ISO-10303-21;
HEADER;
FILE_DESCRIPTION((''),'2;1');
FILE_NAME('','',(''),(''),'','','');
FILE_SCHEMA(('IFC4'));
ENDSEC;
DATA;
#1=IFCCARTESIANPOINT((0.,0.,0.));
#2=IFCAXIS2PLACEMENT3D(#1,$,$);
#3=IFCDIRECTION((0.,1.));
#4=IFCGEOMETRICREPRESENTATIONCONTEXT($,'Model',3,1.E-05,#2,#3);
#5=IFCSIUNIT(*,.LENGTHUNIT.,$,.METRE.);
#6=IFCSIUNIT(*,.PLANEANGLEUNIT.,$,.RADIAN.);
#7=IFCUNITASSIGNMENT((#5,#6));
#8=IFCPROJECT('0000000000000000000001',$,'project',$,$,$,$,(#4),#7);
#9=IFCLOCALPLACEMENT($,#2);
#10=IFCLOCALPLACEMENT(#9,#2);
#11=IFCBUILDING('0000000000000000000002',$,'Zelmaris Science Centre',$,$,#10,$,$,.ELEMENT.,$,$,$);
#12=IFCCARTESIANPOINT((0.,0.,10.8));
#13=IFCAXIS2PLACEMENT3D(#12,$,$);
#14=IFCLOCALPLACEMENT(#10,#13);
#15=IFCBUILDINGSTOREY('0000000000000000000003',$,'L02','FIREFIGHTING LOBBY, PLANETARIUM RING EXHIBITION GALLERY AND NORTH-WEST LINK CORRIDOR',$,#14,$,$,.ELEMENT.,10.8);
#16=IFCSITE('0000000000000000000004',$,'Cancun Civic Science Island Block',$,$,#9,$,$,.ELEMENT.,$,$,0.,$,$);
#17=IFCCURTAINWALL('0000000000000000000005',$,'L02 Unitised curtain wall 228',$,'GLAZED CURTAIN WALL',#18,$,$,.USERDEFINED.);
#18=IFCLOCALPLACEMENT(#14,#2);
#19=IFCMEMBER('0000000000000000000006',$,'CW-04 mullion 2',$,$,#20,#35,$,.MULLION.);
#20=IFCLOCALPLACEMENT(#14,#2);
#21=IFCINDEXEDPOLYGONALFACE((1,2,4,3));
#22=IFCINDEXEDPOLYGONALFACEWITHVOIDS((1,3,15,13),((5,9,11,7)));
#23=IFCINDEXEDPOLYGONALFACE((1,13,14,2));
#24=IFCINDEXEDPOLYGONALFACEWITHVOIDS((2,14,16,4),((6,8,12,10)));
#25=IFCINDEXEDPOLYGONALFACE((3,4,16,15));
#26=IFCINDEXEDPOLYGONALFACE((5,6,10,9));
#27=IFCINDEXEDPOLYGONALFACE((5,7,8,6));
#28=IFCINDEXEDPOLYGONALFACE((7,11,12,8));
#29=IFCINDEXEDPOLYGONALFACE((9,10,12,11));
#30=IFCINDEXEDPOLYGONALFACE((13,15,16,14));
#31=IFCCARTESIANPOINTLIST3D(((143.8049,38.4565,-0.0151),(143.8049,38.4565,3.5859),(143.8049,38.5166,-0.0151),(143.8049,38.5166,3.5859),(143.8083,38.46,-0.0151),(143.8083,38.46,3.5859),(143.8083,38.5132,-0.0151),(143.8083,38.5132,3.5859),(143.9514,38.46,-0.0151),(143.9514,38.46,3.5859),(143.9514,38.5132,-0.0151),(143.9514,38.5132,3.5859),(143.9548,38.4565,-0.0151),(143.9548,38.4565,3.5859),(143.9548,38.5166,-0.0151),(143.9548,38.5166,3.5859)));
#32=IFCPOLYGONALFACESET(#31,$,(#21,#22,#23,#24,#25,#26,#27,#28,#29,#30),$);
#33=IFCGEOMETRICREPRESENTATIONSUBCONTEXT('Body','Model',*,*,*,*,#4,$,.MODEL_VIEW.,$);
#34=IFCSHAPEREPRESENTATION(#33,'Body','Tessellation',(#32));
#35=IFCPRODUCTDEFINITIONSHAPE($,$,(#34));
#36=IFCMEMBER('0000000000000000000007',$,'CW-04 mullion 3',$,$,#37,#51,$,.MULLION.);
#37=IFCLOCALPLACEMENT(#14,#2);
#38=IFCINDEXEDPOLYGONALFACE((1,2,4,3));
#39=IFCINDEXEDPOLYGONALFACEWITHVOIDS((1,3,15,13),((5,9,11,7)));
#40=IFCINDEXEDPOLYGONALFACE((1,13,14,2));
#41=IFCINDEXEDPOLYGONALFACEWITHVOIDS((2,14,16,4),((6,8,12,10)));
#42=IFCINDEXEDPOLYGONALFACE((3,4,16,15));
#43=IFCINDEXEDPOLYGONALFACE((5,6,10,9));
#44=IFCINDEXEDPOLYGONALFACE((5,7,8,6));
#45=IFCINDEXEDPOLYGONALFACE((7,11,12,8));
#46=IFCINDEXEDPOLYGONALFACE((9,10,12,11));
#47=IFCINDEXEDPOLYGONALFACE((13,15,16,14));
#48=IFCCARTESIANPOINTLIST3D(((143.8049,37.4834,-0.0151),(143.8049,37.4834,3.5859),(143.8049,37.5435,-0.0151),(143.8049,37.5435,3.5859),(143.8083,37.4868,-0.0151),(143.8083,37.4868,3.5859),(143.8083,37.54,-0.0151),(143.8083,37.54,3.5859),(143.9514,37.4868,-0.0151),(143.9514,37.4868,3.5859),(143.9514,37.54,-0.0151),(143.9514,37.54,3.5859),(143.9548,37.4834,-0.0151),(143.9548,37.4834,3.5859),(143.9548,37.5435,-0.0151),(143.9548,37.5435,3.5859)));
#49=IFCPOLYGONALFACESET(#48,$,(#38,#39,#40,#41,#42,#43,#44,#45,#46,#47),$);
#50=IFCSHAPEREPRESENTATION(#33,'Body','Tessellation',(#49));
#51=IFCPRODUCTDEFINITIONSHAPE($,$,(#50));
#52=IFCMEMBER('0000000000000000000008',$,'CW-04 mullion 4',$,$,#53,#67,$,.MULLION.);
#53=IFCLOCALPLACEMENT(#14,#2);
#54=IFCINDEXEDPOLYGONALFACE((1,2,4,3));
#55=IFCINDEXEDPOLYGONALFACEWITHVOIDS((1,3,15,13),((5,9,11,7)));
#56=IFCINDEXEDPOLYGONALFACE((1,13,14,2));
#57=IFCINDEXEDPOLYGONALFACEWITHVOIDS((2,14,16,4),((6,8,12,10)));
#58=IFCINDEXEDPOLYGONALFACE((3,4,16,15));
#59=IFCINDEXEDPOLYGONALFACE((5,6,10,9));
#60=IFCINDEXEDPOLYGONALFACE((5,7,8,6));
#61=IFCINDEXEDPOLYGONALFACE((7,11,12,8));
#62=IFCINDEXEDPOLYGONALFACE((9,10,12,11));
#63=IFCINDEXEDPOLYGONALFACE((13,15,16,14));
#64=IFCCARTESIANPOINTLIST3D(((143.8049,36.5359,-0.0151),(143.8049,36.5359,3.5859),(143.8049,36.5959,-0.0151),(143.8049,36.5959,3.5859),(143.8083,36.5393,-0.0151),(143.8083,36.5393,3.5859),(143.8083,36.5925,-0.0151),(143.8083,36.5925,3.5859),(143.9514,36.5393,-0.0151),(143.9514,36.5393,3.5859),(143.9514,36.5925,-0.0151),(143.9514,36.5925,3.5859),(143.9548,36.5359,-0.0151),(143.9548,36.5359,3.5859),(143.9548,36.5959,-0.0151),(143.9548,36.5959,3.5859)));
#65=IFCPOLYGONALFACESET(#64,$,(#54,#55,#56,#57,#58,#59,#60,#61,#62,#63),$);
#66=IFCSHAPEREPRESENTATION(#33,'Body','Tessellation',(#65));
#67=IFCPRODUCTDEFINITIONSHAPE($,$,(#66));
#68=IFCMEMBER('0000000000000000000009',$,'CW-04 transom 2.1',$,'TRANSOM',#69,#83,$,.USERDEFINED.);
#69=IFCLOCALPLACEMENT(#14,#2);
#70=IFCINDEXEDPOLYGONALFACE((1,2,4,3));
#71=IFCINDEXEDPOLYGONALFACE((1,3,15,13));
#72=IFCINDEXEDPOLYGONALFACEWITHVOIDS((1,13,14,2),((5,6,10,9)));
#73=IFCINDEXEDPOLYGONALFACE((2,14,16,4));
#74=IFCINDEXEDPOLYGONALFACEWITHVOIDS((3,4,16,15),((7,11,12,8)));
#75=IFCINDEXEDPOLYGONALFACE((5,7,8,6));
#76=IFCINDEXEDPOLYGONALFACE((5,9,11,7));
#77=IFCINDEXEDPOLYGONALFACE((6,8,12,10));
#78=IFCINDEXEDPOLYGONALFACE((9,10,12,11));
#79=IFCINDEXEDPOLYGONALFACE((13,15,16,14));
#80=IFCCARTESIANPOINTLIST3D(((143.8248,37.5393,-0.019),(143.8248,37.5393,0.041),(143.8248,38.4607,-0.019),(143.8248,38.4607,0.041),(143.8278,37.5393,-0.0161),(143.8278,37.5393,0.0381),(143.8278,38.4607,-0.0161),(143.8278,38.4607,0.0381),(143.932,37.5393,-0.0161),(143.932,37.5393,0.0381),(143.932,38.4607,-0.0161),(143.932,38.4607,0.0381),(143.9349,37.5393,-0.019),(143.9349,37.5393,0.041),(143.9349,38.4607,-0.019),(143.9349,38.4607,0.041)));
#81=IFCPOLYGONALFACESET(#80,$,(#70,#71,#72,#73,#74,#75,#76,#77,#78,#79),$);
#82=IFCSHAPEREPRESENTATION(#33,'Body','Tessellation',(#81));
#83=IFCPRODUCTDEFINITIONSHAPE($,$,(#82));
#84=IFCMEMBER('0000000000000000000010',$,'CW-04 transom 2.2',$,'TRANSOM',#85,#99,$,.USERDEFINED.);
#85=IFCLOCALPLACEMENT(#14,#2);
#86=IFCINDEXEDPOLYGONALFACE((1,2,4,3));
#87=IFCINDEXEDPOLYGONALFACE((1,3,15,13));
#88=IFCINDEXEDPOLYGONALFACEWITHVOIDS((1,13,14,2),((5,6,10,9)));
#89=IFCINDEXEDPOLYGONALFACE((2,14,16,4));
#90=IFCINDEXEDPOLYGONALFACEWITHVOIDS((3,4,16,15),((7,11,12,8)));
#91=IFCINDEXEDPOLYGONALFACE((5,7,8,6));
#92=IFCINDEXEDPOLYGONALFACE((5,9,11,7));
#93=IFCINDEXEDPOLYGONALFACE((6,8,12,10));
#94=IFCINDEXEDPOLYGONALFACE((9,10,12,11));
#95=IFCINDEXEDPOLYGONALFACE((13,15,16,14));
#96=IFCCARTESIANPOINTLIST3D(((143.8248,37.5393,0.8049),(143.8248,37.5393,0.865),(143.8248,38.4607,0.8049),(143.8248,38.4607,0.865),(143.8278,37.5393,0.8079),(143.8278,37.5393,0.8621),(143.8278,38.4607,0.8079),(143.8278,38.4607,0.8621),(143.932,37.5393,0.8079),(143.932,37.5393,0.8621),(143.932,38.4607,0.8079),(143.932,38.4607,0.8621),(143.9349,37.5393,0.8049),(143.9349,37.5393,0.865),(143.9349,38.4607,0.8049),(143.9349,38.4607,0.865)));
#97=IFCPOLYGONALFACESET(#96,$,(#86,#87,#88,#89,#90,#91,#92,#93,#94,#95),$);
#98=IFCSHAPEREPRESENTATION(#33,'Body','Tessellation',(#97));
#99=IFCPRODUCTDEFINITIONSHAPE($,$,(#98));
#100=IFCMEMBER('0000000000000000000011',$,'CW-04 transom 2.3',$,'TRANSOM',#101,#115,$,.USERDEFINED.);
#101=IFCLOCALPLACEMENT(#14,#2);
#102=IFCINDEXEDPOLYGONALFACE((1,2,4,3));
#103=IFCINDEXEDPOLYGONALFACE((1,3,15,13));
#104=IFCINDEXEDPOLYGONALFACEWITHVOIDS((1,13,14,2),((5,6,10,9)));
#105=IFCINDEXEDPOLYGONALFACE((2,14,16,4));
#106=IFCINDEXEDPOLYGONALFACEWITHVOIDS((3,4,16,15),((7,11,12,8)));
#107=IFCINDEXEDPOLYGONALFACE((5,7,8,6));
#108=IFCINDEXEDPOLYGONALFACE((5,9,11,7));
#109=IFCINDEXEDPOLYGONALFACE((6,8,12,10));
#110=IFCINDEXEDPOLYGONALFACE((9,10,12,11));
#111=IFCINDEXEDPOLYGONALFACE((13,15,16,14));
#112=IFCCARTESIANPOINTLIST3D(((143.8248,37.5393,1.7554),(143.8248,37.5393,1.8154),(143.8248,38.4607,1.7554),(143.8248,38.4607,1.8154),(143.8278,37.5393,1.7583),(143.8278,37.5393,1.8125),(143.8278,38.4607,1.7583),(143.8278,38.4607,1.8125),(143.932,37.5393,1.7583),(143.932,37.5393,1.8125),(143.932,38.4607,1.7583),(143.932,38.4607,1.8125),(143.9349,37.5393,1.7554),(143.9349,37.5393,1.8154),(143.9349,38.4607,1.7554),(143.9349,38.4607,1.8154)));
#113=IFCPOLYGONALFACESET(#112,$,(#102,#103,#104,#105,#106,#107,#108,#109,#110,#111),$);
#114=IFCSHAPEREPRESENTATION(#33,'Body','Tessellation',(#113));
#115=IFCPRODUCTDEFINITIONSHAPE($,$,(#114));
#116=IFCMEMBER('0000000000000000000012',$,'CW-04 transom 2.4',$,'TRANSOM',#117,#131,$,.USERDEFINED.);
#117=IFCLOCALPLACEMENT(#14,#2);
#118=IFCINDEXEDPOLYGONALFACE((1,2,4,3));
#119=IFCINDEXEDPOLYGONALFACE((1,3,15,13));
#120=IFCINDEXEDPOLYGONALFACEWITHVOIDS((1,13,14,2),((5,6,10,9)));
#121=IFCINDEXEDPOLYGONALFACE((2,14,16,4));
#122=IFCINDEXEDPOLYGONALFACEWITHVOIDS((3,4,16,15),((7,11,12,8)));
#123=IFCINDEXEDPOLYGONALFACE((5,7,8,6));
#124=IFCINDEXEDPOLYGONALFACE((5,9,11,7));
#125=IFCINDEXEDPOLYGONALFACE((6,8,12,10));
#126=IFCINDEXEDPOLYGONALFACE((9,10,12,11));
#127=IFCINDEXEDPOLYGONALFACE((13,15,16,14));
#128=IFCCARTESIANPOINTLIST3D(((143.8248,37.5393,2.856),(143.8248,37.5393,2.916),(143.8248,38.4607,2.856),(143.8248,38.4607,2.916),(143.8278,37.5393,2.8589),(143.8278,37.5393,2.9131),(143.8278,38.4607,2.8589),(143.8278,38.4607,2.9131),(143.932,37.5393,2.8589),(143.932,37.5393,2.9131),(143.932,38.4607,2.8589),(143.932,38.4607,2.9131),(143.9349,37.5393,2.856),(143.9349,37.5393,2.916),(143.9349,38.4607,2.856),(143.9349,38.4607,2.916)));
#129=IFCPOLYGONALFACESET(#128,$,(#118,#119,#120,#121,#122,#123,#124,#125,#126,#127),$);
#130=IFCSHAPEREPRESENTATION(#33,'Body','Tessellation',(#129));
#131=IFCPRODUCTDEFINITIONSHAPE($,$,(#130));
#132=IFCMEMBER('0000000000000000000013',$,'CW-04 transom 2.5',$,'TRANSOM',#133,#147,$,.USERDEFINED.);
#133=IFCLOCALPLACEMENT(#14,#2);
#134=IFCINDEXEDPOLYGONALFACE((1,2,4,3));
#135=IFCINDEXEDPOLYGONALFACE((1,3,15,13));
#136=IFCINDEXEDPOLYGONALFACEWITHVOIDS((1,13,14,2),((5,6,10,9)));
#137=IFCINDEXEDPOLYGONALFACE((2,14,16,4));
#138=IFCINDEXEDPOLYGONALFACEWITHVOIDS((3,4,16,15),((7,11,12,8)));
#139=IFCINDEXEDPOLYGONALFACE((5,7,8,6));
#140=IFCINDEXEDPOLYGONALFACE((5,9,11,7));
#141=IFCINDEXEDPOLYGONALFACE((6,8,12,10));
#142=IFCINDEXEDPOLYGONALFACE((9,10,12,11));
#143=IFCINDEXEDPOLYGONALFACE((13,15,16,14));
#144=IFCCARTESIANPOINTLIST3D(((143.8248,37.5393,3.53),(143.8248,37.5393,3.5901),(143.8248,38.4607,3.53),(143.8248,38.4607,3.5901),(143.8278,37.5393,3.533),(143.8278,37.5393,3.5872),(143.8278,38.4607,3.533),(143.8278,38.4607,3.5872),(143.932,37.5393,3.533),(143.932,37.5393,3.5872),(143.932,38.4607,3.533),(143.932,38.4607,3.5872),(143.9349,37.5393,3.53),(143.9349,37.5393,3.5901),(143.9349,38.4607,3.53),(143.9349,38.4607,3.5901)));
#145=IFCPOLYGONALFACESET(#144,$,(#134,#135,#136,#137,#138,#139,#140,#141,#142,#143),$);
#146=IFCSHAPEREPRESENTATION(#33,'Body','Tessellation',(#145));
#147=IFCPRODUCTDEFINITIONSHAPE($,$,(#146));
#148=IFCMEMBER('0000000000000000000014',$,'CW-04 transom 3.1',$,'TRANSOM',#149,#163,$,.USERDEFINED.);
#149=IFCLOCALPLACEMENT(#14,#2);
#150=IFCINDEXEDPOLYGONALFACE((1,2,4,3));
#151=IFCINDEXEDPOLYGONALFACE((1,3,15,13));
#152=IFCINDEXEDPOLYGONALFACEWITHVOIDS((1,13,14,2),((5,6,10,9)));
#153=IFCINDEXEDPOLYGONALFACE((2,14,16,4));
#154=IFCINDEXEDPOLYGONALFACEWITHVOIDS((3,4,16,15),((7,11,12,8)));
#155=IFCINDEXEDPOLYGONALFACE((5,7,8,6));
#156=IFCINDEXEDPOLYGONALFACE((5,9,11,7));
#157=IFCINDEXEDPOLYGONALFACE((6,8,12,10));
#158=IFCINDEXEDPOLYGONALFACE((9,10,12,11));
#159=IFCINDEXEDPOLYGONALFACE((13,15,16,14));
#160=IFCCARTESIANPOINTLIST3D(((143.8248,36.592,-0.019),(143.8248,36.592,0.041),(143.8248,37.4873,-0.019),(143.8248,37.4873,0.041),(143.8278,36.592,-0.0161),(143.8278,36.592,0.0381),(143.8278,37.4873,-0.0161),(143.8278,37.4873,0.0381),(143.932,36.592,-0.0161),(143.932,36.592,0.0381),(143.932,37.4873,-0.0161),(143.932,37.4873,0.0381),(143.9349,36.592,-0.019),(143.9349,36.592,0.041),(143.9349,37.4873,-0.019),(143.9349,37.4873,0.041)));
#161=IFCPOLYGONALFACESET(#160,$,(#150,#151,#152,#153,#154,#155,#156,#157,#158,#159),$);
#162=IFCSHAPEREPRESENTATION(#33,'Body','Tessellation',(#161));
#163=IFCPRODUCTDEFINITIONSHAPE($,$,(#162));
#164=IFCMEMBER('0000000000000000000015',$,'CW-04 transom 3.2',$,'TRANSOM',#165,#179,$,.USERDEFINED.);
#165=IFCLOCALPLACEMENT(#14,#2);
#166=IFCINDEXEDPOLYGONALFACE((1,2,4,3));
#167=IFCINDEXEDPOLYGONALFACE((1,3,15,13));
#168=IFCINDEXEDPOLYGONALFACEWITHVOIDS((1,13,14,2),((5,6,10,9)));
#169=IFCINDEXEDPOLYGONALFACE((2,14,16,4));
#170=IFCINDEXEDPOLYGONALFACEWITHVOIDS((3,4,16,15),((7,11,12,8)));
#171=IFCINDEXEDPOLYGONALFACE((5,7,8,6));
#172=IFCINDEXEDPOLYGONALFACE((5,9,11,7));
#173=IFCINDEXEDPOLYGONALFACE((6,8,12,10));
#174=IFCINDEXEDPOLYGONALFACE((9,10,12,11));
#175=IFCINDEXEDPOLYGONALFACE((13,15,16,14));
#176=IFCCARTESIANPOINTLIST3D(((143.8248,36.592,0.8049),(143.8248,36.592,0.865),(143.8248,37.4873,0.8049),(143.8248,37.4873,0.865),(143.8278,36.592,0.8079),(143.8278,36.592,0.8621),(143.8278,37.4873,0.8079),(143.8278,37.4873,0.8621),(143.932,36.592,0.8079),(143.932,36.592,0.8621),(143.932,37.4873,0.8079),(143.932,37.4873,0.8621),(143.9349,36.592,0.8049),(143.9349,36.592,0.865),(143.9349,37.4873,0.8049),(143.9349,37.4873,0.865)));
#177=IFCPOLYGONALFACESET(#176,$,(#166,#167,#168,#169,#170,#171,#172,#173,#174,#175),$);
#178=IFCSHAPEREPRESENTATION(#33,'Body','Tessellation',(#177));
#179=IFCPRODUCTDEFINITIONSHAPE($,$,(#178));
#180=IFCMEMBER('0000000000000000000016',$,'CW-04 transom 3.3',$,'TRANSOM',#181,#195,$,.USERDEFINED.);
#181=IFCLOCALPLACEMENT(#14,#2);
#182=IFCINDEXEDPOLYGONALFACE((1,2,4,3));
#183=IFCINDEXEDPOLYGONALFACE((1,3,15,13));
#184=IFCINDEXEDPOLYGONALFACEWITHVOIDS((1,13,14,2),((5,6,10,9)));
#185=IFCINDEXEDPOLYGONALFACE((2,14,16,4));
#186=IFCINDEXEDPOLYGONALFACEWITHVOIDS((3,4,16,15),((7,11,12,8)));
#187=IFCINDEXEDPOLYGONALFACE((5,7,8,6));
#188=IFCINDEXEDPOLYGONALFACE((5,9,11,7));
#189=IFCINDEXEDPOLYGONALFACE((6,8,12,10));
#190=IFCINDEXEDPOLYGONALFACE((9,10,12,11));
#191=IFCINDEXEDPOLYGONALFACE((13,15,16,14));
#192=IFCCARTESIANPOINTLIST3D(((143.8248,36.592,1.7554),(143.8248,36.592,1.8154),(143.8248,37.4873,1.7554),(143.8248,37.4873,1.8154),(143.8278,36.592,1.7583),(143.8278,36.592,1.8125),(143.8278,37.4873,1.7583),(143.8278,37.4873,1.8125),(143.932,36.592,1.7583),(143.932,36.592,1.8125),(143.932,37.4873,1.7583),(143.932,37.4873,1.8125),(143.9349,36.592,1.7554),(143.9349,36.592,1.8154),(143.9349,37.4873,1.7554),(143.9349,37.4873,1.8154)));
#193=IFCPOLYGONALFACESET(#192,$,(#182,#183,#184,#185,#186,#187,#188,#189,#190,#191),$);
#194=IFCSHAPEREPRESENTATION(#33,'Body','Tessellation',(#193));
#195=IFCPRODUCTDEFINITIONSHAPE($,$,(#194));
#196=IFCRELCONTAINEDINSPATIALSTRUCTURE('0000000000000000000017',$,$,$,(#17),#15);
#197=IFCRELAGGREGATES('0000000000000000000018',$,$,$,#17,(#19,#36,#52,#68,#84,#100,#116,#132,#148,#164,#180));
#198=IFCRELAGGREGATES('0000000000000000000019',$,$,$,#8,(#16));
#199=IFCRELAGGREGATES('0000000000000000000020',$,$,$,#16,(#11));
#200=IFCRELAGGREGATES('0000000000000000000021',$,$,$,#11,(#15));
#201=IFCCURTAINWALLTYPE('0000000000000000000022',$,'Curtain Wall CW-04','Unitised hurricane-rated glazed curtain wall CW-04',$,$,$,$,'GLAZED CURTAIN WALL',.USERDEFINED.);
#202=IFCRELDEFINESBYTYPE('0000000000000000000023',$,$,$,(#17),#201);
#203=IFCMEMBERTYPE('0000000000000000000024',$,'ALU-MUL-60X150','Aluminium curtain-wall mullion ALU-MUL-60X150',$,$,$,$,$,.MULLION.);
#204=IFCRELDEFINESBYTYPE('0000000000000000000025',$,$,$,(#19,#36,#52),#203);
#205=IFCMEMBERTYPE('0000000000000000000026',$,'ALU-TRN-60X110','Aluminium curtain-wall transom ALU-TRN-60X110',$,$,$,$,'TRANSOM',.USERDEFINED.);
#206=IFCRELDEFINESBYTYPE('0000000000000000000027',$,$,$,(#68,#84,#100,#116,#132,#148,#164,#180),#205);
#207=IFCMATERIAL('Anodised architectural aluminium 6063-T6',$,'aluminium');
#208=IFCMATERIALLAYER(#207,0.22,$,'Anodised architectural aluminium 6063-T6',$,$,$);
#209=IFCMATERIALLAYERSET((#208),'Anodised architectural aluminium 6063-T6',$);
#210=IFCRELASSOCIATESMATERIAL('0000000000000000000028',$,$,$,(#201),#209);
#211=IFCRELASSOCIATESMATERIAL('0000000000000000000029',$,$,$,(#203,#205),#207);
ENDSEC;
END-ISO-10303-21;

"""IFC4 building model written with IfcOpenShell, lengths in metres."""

from ifc_helpers import new_model, si_unit, direction, frame, origin, origin_2d, place, context, subcontext, project, spatial, hollow_rectangle, extrude, material, layer, layer_set, material_profile, profile_set, type_object, element, aggregate, save


model = new_model("IFC4")

# Units and contexts
model_context = context("Model", 3, precision=1e-05, world=origin(), true_north=direction((0.0, 1.0)))
body_context = subcontext(model_context, "Body", "Model", "MODEL_VIEW")
ifc_project = project(units=[si_unit("LENGTHUNIT", "METRE"), si_unit("PLANEANGLEUNIT", "RADIAN")], contexts=[model_context])

# Site, building, storey
site_placement = place(None, origin())
site = spatial("IfcSite", under=ifc_project, at=site_placement, Name="Cancun Civic Science Island Block", CompositionType="ELEMENT", RefElevation=0.0)
building_placement = place(site_placement, origin())
building = spatial("IfcBuilding", under=site, at=building_placement, Name="Zelmaris Science Centre", CompositionType="ELEMENT")
storey_placement = place(building_placement, frame((0.0, 0.0, 10.8)))
storey = spatial("IfcBuildingStorey", under=building, at=storey_placement, Name="L02", Description="FIREFIGHTING LOBBY, PLANETARIUM RING EXHIBITION GALLERY AND NORTH-WEST LINK CORRIDOR", CompositionType="ELEMENT", Elevation=10.8)

# Curtain wall, members
ifc_material_1 = material(Name="Anodised architectural aluminium 6063-T6", Category="aluminium")
ifc_layer_1 = layer(ifc_material_1, 0.22, Name="Anodised architectural aluminium 6063-T6")
ifc_layer_set_1 = layer_set([ifc_layer_1], Name="Anodised architectural aluminium 6063-T6")
curtain_wall_type = type_object("IfcCurtainWallType", Name="Curtain Wall CW-04", Description="Unitised hurricane-rated glazed curtain wall CW-04", ElementType="GLAZED CURTAIN WALL", PredefinedType="USERDEFINED", material=ifc_layer_set_1)
curtain_wall_placement = place(storey_placement, origin())
curtain_wall = element("IfcCurtainWall", 1, at=curtain_wall_placement, inside=storey, type_object=curtain_wall_type, Name="L02 Unitised curtain wall 228", ObjectType="GLAZED CURTAIN WALL", PredefinedType="USERDEFINED")
ifc_material_profile_1 = material_profile(ifc_material_1, hollow_rectangle(XDim=0.0601, YDim=0.1499, WallThickness=0.0034, at=origin_2d()), Name="ALU-MUL-60X150")
ifc_profile_set_1 = profile_set([ifc_material_profile_1], Name="Anodised architectural aluminium 6063-T6")
member_type_1 = type_object("IfcMemberType", Name="ALU-MUL-60X150", Description="Aluminium curtain-wall mullion ALU-MUL-60X150", PredefinedType="MULLION", material=ifc_profile_set_1)
member_1_placement = place(storey_placement, frame((143.8799, 38.4866, -0.0151), z_axis=(0.0, 0.0, 1.0), x_axis=(0.0, -1.0, 0.0)))
member_1 = element("IfcMember", 2, at=member_1_placement, type_object=member_type_1, Name="CW-04 mullion 2", PredefinedType="MULLION", context=body_context, shape_type="SweptSolid", body=[
    extrude(hollow_rectangle(XDim=0.0601, YDim=0.1499, WallThickness=0.0034, at=origin_2d()), origin(), (0.0, 0.0, 1.0), 3.6011),
])
member_2_placement = place(storey_placement, frame((143.8799, 37.5134, -0.0151), z_axis=(0.0, 0.0, 1.0), x_axis=(0.0, -1.0, 0.0)))
member_2 = element("IfcMember", 3, at=member_2_placement, type_object=member_type_1, Name="CW-04 mullion 3", PredefinedType="MULLION", context=body_context, shape_type="SweptSolid", body=[
    extrude(hollow_rectangle(XDim=0.0601, YDim=0.1499, WallThickness=0.0034, at=origin_2d()), origin(), (0.0, 0.0, 1.0), 3.6011),
])
member_3_placement = place(storey_placement, frame((143.8799, 36.5659, -0.0151), z_axis=(0.0, 0.0, 1.0), x_axis=(0.0, -1.0, 0.0)))
member_3 = element("IfcMember", 4, at=member_3_placement, type_object=member_type_1, Name="CW-04 mullion 4", PredefinedType="MULLION", context=body_context, shape_type="SweptSolid", body=[
    extrude(hollow_rectangle(XDim=0.0601, YDim=0.1499, WallThickness=0.0034, at=origin_2d()), origin(), (0.0, 0.0, 1.0), 3.6011),
])
ifc_material_profile_2 = material_profile(ifc_material_1, hollow_rectangle(XDim=0.0601, YDim=0.1101, WallThickness=0.0029, at=origin_2d()), Name="ALU-TRN-60X110")
ifc_profile_set_2 = profile_set([ifc_material_profile_2], Name="Anodised architectural aluminium 6063-T6")
member_type_2 = type_object("IfcMemberType", Name="ALU-TRN-60X110", Description="Aluminium curtain-wall transom ALU-TRN-60X110", ElementType="TRANSOM", PredefinedType="USERDEFINED", material=ifc_profile_set_2)
member_4_placement = place(storey_placement, frame((143.8799, 38.4607, 0.011), z_axis=(0.0, -1.0, 0.0), x_axis=(0.0, 0.0, 1.0)))
member_4 = element("IfcMember", 5, at=member_4_placement, type_object=member_type_2, Name="CW-04 transom 2.1", ObjectType="TRANSOM", PredefinedType="USERDEFINED", context=body_context, shape_type="SweptSolid", body=[
    extrude(hollow_rectangle(XDim=0.0601, YDim=0.1101, WallThickness=0.0029, at=origin_2d()), origin(), (0.0, 0.0, 1.0), 0.9214),
])
member_5_placement = place(storey_placement, frame((143.8799, 38.4607, 0.835), z_axis=(0.0, -1.0, 0.0), x_axis=(0.0, 0.0, 1.0)))
member_5 = element("IfcMember", 6, at=member_5_placement, type_object=member_type_2, Name="CW-04 transom 2.2", ObjectType="TRANSOM", PredefinedType="USERDEFINED", context=body_context, shape_type="SweptSolid", body=[
    extrude(hollow_rectangle(XDim=0.0601, YDim=0.1101, WallThickness=0.0029, at=origin_2d()), origin(), (0.0, 0.0, 1.0), 0.9214),
])
member_6_placement = place(storey_placement, frame((143.8799, 38.4607, 1.7854), z_axis=(0.0, -1.0, 0.0), x_axis=(0.0, 0.0, 1.0)))
member_6 = element("IfcMember", 7, at=member_6_placement, type_object=member_type_2, Name="CW-04 transom 2.3", ObjectType="TRANSOM", PredefinedType="USERDEFINED", context=body_context, shape_type="SweptSolid", body=[
    extrude(hollow_rectangle(XDim=0.0601, YDim=0.1101, WallThickness=0.0029, at=origin_2d()), origin(), (0.0, 0.0, 1.0), 0.9214),
])
member_7_placement = place(storey_placement, frame((143.8799, 38.4607, 2.886), z_axis=(0.0, -1.0, 0.0), x_axis=(0.0, 0.0, 1.0)))
member_7 = element("IfcMember", 8, at=member_7_placement, type_object=member_type_2, Name="CW-04 transom 2.4", ObjectType="TRANSOM", PredefinedType="USERDEFINED", context=body_context, shape_type="SweptSolid", body=[
    extrude(hollow_rectangle(XDim=0.0601, YDim=0.1101, WallThickness=0.0029, at=origin_2d()), origin(), (0.0, 0.0, 1.0), 0.9214),
])
member_8_placement = place(storey_placement, frame((143.8799, 38.4607, 3.5601), z_axis=(0.0, -1.0, 0.0), x_axis=(0.0, 0.0, 1.0)))
member_8 = element("IfcMember", 9, at=member_8_placement, type_object=member_type_2, Name="CW-04 transom 2.5", ObjectType="TRANSOM", PredefinedType="USERDEFINED", context=body_context, shape_type="SweptSolid", body=[
    extrude(hollow_rectangle(XDim=0.0601, YDim=0.1101, WallThickness=0.0029, at=origin_2d()), origin(), (0.0, 0.0, 1.0), 0.9214),
])
member_9_placement = place(storey_placement, frame((143.8799, 37.4873, 0.011), z_axis=(0.0, -1.0, 0.0), x_axis=(0.0, 0.0, 1.0)))
member_9 = element("IfcMember", 10, at=member_9_placement, type_object=member_type_2, Name="CW-04 transom 3.1", ObjectType="TRANSOM", PredefinedType="USERDEFINED", context=body_context, shape_type="SweptSolid", body=[
    extrude(hollow_rectangle(XDim=0.0601, YDim=0.1101, WallThickness=0.0029, at=origin_2d()), origin(), (0.0, 0.0, 1.0), 0.8953),
])
member_10_placement = place(storey_placement, frame((143.8799, 37.4873, 0.835), z_axis=(0.0, -1.0, 0.0), x_axis=(0.0, 0.0, 1.0)))
member_10 = element("IfcMember", 11, at=member_10_placement, type_object=member_type_2, Name="CW-04 transom 3.2", ObjectType="TRANSOM", PredefinedType="USERDEFINED", context=body_context, shape_type="SweptSolid", body=[
    extrude(hollow_rectangle(XDim=0.0601, YDim=0.1101, WallThickness=0.0029, at=origin_2d()), origin(), (0.0, 0.0, 1.0), 0.8953),
])
member_11_placement = place(storey_placement, frame((143.8799, 37.4873, 1.7854), z_axis=(0.0, -1.0, 0.0), x_axis=(0.0, 0.0, 1.0)))
member_11 = element("IfcMember", 12, at=member_11_placement, type_object=member_type_2, Name="CW-04 transom 3.3", ObjectType="TRANSOM", PredefinedType="USERDEFINED", context=body_context, shape_type="SweptSolid", body=[
    extrude(hollow_rectangle(XDim=0.0601, YDim=0.1101, WallThickness=0.0029, at=origin_2d()), origin(), (0.0, 0.0, 1.0), 0.8953),
])
aggregate(curtain_wall, [member_1, member_2, member_3, member_4, member_5, member_6, member_7, member_8, member_9, member_10, member_11])

save(model, "model.ifc")
